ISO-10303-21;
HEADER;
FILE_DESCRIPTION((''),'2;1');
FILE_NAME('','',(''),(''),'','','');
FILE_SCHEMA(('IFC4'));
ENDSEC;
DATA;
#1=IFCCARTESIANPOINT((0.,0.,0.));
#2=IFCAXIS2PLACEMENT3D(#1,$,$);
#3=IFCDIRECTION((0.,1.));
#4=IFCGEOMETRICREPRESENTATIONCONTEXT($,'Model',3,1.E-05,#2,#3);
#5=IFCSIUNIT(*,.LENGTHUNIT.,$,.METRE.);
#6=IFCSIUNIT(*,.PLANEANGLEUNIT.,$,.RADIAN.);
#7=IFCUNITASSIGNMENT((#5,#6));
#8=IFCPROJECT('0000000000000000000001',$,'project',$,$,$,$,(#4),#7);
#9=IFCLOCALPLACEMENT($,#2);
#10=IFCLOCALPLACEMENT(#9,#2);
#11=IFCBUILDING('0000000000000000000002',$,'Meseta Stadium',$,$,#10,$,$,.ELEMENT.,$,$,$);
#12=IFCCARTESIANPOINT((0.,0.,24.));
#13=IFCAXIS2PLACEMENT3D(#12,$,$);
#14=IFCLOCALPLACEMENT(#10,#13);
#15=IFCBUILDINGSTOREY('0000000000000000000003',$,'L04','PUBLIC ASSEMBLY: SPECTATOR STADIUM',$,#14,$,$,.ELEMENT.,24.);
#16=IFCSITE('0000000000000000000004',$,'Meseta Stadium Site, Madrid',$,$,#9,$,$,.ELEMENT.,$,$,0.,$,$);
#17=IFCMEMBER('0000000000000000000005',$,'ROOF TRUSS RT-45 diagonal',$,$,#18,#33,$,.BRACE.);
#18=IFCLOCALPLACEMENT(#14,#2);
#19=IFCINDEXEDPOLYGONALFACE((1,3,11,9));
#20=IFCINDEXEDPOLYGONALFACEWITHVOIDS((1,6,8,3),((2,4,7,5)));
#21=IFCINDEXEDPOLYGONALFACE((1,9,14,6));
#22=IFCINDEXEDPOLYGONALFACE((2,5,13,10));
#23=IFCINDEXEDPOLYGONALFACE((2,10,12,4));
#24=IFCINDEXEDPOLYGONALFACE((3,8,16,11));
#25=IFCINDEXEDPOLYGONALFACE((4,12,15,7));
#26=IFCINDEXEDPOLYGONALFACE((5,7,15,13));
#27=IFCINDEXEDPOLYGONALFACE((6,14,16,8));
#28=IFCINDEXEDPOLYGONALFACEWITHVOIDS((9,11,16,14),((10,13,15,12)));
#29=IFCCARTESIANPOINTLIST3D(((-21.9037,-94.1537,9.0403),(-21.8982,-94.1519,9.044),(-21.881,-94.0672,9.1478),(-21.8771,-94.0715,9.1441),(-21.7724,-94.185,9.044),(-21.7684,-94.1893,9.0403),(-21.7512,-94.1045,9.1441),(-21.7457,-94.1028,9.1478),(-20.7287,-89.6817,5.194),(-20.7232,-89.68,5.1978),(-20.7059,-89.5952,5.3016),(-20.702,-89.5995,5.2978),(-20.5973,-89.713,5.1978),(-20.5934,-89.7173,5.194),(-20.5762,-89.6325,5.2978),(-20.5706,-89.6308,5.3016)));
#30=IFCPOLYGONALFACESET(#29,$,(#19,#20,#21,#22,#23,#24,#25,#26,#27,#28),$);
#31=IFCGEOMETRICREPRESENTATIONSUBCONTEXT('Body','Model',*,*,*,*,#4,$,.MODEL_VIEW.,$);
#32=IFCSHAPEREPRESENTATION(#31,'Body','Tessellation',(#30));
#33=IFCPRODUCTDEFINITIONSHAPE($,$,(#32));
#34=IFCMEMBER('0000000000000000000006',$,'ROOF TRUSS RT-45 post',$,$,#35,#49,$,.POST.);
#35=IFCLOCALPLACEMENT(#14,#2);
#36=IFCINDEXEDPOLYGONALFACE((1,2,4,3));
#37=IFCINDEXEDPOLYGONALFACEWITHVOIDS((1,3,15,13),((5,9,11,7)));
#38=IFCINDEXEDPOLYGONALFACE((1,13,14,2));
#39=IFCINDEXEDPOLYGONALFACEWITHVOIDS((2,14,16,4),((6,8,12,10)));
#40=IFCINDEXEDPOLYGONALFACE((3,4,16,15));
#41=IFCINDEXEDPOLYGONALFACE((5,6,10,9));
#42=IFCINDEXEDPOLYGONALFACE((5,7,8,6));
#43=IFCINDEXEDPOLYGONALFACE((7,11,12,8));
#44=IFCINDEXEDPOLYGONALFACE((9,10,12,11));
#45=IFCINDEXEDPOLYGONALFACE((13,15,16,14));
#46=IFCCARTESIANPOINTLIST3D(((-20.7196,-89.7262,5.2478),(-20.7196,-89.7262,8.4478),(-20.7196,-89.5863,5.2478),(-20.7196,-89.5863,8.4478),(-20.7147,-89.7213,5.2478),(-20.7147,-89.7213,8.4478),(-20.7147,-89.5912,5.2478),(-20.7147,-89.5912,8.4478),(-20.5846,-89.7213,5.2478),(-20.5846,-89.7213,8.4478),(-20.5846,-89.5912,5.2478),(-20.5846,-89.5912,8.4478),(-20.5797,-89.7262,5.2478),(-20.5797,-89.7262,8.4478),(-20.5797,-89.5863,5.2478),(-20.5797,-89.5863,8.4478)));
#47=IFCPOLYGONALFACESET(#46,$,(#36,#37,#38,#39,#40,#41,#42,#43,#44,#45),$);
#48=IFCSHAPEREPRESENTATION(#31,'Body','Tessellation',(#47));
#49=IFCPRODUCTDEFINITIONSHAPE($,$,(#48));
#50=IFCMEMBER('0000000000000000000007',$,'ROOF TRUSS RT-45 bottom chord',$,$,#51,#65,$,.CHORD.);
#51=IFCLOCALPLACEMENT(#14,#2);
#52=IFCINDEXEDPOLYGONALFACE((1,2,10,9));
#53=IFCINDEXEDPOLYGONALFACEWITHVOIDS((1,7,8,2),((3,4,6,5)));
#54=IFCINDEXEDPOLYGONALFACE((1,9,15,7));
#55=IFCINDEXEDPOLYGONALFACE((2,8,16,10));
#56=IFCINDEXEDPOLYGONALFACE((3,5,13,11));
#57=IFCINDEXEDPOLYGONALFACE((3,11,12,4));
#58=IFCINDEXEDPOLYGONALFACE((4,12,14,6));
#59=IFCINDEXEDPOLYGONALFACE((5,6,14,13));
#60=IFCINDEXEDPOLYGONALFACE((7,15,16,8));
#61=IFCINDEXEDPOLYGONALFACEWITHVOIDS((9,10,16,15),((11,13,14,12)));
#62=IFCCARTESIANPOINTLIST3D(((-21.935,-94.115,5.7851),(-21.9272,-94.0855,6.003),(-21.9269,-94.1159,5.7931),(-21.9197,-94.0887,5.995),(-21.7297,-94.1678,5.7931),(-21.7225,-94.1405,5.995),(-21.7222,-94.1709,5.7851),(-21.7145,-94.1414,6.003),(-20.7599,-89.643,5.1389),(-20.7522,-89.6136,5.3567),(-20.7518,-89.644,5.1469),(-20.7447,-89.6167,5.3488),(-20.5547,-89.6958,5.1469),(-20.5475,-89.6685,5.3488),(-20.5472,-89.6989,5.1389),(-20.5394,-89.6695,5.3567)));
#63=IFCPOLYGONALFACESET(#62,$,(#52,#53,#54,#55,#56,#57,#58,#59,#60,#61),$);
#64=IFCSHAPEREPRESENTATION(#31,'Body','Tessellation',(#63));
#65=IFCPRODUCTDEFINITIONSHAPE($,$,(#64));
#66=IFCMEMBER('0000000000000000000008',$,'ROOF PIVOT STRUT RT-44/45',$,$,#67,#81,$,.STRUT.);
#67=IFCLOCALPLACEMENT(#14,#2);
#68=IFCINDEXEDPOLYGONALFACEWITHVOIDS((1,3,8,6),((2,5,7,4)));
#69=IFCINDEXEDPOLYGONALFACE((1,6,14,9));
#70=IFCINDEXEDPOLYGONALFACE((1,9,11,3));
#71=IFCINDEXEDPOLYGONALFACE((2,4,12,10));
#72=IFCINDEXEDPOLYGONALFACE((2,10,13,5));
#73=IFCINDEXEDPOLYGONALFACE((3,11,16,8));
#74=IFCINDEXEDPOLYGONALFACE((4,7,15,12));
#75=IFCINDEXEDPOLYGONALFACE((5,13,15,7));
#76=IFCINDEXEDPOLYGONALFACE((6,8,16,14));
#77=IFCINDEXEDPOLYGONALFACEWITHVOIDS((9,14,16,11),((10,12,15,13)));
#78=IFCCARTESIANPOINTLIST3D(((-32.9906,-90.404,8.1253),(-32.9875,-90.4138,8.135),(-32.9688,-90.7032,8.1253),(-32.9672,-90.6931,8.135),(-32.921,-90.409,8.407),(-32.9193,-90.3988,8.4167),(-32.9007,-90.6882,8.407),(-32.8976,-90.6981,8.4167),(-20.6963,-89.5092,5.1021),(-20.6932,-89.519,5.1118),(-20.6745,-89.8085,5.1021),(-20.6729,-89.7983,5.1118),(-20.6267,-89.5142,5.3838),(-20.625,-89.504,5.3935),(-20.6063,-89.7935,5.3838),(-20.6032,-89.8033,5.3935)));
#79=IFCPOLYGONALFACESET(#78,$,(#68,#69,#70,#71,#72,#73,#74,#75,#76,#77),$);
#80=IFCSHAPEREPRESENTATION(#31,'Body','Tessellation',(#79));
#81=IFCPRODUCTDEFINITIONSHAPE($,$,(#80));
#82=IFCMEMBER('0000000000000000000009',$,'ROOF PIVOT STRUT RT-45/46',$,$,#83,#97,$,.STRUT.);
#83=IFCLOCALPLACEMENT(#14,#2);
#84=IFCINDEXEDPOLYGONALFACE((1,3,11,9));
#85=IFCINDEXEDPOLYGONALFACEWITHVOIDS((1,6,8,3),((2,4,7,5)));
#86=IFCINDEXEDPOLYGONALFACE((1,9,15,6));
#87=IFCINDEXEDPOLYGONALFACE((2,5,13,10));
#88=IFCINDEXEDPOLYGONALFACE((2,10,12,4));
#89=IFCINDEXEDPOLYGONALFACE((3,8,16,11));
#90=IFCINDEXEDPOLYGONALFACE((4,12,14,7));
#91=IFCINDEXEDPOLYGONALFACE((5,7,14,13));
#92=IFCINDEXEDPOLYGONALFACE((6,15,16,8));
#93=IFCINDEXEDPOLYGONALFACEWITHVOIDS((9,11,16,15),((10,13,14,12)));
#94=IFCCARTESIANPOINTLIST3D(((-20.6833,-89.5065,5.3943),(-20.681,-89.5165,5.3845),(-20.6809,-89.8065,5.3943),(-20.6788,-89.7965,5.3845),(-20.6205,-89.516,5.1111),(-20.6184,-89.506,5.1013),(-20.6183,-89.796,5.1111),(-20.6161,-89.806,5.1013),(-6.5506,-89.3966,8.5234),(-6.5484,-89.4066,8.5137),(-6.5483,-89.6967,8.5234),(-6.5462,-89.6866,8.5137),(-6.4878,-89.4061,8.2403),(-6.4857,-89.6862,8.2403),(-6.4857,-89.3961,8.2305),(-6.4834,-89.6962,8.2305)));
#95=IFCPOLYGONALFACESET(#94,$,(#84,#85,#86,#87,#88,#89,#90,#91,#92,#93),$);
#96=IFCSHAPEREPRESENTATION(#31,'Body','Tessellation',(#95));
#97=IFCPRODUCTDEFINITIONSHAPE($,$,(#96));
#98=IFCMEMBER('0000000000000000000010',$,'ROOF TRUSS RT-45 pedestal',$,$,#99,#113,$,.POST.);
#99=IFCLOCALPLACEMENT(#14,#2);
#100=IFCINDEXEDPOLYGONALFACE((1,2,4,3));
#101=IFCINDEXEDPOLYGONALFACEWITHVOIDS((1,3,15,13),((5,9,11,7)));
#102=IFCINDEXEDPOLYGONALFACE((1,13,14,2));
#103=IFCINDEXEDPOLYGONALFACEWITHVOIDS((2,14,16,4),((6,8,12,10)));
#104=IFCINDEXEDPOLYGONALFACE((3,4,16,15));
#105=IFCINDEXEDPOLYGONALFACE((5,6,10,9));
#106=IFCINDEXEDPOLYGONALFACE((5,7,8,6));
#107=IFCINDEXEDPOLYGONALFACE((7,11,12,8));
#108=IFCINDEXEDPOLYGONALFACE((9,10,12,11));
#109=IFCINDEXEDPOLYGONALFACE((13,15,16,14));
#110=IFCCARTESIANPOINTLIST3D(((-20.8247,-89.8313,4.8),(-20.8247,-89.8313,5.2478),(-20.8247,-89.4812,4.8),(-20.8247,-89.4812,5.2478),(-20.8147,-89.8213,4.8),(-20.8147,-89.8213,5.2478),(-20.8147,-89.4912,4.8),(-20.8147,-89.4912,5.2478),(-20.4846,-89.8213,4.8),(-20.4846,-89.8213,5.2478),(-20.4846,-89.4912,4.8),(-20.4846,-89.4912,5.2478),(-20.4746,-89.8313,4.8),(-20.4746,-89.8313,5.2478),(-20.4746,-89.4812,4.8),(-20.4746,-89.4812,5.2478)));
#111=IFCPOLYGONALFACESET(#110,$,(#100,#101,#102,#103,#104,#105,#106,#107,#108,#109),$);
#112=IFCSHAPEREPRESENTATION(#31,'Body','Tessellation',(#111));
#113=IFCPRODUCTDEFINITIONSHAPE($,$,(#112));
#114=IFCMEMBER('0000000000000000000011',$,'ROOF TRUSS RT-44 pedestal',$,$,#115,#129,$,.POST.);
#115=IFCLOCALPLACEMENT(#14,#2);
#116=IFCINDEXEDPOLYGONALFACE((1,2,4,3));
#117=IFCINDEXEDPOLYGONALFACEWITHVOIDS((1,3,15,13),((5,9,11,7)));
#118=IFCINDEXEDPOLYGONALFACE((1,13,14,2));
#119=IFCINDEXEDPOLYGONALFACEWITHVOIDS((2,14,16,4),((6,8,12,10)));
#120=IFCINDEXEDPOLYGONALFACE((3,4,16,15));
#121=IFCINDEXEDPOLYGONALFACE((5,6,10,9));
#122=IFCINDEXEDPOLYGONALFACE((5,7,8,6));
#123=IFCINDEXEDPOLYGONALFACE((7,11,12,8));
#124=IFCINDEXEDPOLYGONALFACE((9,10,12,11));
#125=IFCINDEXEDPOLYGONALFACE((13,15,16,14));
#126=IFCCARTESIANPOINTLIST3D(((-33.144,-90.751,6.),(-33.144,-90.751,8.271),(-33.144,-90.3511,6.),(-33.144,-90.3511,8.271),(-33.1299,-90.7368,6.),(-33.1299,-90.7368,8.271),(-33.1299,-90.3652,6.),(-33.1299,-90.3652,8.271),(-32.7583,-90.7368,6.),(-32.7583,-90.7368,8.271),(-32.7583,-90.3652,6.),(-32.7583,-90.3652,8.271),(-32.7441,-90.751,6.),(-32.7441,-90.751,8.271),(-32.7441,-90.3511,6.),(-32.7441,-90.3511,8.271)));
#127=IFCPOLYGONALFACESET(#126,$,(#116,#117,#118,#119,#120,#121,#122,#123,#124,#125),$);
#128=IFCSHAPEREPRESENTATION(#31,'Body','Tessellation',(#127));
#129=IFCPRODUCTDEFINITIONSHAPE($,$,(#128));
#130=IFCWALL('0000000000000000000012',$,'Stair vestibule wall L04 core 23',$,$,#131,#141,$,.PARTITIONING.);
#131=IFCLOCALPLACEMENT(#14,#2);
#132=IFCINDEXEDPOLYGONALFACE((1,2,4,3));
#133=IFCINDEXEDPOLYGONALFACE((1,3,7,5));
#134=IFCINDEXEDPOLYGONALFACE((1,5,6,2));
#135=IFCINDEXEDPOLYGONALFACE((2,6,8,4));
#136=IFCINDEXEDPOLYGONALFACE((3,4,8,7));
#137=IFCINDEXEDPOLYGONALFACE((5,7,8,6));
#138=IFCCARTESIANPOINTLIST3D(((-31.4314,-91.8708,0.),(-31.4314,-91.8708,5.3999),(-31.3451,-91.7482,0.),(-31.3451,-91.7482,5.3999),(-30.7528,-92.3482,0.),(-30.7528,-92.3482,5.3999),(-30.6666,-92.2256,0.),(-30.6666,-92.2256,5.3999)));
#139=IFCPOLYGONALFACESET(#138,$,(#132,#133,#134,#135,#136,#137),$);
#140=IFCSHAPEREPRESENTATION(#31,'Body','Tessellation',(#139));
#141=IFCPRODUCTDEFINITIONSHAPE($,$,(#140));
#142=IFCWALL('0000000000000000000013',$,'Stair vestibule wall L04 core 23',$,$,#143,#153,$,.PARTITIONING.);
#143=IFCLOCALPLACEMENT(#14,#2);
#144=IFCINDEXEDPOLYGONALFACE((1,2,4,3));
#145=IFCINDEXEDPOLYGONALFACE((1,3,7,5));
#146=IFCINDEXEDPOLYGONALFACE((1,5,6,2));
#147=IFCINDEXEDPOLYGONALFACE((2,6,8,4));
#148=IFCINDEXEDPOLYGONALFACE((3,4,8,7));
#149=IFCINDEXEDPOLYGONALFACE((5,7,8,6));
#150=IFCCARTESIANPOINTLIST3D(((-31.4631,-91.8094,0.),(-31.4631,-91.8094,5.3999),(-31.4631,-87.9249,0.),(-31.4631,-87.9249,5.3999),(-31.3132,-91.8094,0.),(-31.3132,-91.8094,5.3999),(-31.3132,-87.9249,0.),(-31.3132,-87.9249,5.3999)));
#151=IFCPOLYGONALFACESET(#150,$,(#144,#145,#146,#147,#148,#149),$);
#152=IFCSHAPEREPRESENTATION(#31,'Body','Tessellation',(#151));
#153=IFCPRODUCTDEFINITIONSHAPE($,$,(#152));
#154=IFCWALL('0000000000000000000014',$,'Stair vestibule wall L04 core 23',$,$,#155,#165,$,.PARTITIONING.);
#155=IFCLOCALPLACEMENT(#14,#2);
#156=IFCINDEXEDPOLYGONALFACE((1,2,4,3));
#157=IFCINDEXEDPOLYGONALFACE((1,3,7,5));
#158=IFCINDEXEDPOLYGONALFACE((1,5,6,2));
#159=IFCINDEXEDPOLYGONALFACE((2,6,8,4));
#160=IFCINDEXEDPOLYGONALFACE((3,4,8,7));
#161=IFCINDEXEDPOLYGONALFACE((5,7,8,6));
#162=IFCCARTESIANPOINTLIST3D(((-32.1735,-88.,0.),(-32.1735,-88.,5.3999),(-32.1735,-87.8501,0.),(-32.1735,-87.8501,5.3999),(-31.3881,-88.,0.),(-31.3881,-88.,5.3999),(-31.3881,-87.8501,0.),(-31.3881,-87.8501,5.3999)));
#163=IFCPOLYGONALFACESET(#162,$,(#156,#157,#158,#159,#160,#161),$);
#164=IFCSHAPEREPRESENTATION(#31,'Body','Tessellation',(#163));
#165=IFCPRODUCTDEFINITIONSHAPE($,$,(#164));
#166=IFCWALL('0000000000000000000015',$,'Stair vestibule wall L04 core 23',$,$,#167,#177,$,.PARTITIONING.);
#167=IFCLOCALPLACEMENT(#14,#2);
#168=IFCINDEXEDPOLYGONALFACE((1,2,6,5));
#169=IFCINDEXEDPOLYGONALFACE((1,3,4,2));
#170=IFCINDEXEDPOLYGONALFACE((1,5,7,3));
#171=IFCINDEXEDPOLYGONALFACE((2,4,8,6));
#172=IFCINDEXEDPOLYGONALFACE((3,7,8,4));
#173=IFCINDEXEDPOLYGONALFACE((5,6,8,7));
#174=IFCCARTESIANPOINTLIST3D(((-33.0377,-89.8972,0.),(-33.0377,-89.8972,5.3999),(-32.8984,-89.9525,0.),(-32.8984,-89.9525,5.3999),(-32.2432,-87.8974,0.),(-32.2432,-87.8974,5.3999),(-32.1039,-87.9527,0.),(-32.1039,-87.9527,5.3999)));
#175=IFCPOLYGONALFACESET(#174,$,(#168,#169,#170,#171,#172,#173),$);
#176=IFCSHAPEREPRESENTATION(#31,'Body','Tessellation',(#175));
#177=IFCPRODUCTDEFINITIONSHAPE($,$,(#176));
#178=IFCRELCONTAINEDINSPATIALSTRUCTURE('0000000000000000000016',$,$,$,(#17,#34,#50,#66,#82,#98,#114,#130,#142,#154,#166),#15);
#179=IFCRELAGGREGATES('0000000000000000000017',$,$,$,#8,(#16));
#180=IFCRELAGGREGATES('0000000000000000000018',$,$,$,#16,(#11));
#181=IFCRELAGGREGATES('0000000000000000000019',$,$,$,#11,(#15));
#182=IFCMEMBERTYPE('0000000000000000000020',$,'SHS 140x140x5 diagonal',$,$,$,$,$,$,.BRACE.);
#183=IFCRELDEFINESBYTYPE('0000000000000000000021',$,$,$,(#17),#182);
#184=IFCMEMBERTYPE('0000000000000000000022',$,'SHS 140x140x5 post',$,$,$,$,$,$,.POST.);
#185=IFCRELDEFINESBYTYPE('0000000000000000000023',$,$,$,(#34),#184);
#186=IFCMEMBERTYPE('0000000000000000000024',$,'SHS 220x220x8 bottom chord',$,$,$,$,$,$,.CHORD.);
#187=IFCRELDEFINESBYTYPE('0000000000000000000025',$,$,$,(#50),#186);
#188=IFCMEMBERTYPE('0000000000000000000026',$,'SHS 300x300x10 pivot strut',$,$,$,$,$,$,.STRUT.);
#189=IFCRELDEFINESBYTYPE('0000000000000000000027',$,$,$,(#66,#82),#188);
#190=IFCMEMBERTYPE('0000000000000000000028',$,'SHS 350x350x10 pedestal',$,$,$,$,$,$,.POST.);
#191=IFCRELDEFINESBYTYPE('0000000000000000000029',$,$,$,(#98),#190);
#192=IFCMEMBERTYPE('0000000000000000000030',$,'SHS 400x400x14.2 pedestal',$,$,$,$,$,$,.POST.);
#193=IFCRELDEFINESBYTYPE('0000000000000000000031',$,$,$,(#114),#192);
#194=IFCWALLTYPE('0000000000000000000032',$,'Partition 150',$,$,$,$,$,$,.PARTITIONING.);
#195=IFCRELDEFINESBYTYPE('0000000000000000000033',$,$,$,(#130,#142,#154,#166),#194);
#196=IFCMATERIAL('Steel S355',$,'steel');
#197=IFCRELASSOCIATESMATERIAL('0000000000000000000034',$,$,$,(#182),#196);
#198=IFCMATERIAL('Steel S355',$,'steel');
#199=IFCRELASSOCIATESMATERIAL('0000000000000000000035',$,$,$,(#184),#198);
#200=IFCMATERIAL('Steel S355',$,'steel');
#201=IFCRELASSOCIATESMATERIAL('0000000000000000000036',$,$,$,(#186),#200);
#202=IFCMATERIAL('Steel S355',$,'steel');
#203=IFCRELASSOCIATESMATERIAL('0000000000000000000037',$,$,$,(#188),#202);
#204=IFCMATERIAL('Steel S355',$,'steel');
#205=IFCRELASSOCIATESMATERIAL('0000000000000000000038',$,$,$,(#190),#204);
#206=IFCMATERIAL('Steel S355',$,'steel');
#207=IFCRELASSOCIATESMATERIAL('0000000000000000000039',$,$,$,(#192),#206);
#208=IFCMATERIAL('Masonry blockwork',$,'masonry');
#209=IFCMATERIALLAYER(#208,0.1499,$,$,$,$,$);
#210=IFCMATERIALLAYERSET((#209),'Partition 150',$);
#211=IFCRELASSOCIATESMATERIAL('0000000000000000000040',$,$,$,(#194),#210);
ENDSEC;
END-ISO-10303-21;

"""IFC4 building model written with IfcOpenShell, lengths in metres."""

from ifc_helpers import new_model, si_unit, direction, frame, frame_2d, origin, origin_2d, place, context, subcontext, project, spatial, rectangle, hollow_rectangle, extrude, material, layer, layer_set, material_profile, profile_set, type_object, element, save


model = new_model("IFC4")

# Units and contexts
model_context = context("Model", 3, precision=1e-05, world=origin(), true_north=direction((0.0, 1.0)))
body_context = subcontext(model_context, "Body", "Model", "MODEL_VIEW")
ifc_project = project(units=[si_unit("LENGTHUNIT", "METRE"), si_unit("PLANEANGLEUNIT", "RADIAN")], contexts=[model_context])

# Site, building, storey
site_placement = place(None, origin())
site = spatial("IfcSite", under=ifc_project, at=site_placement, Name="Meseta Stadium Site, Madrid", CompositionType="ELEMENT", RefElevation=0.0)
building_placement = place(site_placement, origin())
building = spatial("IfcBuilding", under=site, at=building_placement, Name="Meseta Stadium", CompositionType="ELEMENT")
storey_placement = place(building_placement, frame((0.0, 0.0, 24.0)))
storey = spatial("IfcBuildingStorey", under=building, at=storey_placement, Name="L04", Description="PUBLIC ASSEMBLY: SPECTATOR STADIUM", CompositionType="ELEMENT", Elevation=24.0)

# Members
ifc_material_1 = material(Name="Steel S355", Category="steel")
ifc_material_profile_1 = material_profile(ifc_material_1, hollow_rectangle(XDim=0.1399, YDim=0.1399, WallThickness=0.0049, at=origin_2d()), Name="SHS 140x140x5")
ifc_profile_set_1 = profile_set([ifc_material_profile_1], Name="Steel S355")
member_type_1 = type_object("IfcMemberType", Name="SHS 140x140x5 diagonal", PredefinedType="BRACE", material=ifc_profile_set_1)
member_1_placement = place(storey_placement, frame((-20.6497, -89.6562, 5.2478), z_axis=(-0.195375, -0.743546, 0.639506), x_axis=(0.967169, -0.254135, 0.0)))
element("IfcMember", 1, at=member_1_placement, inside=storey, type_object=member_type_1, Name="ROOF TRUSS RT-45 diagonal", PredefinedType="BRACE", context=body_context, shape_type="SweptSolid", body=[
    extrude(hollow_rectangle(XDim=0.1399, YDim=0.1399, WallThickness=0.0049, at=origin_2d()), origin(), (0.0, 0.0, 1.0), 6.0144),
])
ifc_material_2 = material(Name="Steel S355", Category="steel")
ifc_material_profile_2 = material_profile(ifc_material_2, hollow_rectangle(XDim=0.1399, YDim=0.1399, WallThickness=0.0049, at=origin_2d()), Name="SHS 140x140x5")
ifc_profile_set_2 = profile_set([ifc_material_profile_2], Name="Steel S355")
member_type_2 = type_object("IfcMemberType", Name="SHS 140x140x5 post", PredefinedType="POST", material=ifc_profile_set_2)
member_2_placement = place(storey_placement, frame((-20.6497, -89.6562, 5.2478), z_axis=(0.0, 0.0, 1.0), x_axis=(1.0, 0.0, 0.0)))
element("IfcMember", 2, at=member_2_placement, inside=storey, type_object=member_type_2, Name="ROOF TRUSS RT-45 post", PredefinedType="POST", context=body_context, shape_type="SweptSolid", body=[
    extrude(hollow_rectangle(XDim=0.1399, YDim=0.1399, WallThickness=0.0049, at=origin_2d()), origin(), (0.0, 0.0, 1.0), 3.2),
])
ifc_material_3 = material(Name="Steel S355", Category="steel")
ifc_material_profile_3 = material_profile(ifc_material_3, hollow_rectangle(XDim=0.22, YDim=0.22, WallThickness=0.0081, at=origin_2d()), Name="SHS 220x220x8")
ifc_profile_set_3 = profile_set([ifc_material_profile_3], Name="Steel S355")
member_type_3 = type_object("IfcMemberType", Name="SHS 220x220x8 bottom chord", PredefinedType="CHORD", material=ifc_profile_set_3)
member_3_placement = place(storey_placement, frame((-20.6497, -89.6562, 5.2478), z_axis=(-0.251688, -0.957858, 0.138421), x_axis=(0.967169, -0.254135, 0.0)))
element("IfcMember", 3, at=member_3_placement, inside=storey, type_object=member_type_3, Name="ROOF TRUSS RT-45 bottom chord", PredefinedType="CHORD", context=body_context, shape_type="SweptSolid", body=[
    extrude(hollow_rectangle(XDim=0.22, YDim=0.22, WallThickness=0.0081, at=origin_2d()), origin(), (0.0, 0.0, 1.0), 4.6687),
])
ifc_material_4 = material(Name="Steel S355", Category="steel")
ifc_material_profile_4 = material_profile(ifc_material_4, hollow_rectangle(XDim=0.3, YDim=0.3, WallThickness=0.01, at=origin_2d()), Name="SHS 300x300x10")
ifc_profile_set_4 = profile_set([ifc_material_profile_4], Name="Steel S355")
member_type_4 = type_object("IfcMemberType", Name="SHS 300x300x10 pivot strut", PredefinedType="STRUT", material=ifc_profile_set_4)
member_4_placement = place(storey_placement, frame((-32.9441, -90.551, 8.271), z_axis=(0.968656, 0.070498, -0.238192), x_axis=(-0.072587, 0.997362, 0.0)))
element("IfcMember", 4, at=member_4_placement, inside=storey, type_object=member_type_4, Name="ROOF PIVOT STRUT RT-44/45", PredefinedType="STRUT", context=body_context, shape_type="SweptSolid", body=[
    extrude(hollow_rectangle(XDim=0.3, YDim=0.3, WallThickness=0.01, at=origin_2d()), origin(), (0.0, 0.0, 1.0), 12.6921),
])
member_5_placement = place(storey_placement, frame((-20.6497, -89.6562, 5.2478), z_axis=(0.976326, 0.00759, 0.216172), x_axis=(-0.007774, 0.99997, 0.0)))
element("IfcMember", 5, at=member_5_placement, inside=storey, type_object=member_type_4, Name="ROOF PIVOT STRUT RT-45/46", PredefinedType="STRUT", context=body_context, shape_type="SweptSolid", body=[
    extrude(hollow_rectangle(XDim=0.3, YDim=0.3, WallThickness=0.01, at=origin_2d()), origin(), (0.0, 0.0, 1.0), 14.4753),
])
ifc_material_5 = material(Name="Steel S355", Category="steel")
ifc_material_profile_5 = material_profile(ifc_material_5, hollow_rectangle(XDim=0.3501, YDim=0.3501, WallThickness=0.01, at=origin_2d()), Name="SHS 350x350x10")
ifc_profile_set_5 = profile_set([ifc_material_profile_5], Name="Steel S355")
member_type_5 = type_object("IfcMemberType", Name="SHS 350x350x10 pedestal", PredefinedType="POST", material=ifc_profile_set_5)
member_6_placement = place(storey_placement, frame((-20.6497, -89.6562, 4.8), z_axis=(0.0, 0.0, 1.0), x_axis=(1.0, 0.0, 0.0)))
element("IfcMember", 6, at=member_6_placement, inside=storey, type_object=member_type_5, Name="ROOF TRUSS RT-45 pedestal", PredefinedType="POST", context=body_context, shape_type="SweptSolid", body=[
    extrude(hollow_rectangle(XDim=0.3501, YDim=0.3501, WallThickness=0.01, at=origin_2d()), origin(), (0.0, 0.0, 1.0), 0.4478),
])
ifc_material_6 = material(Name="Steel S355", Category="steel")
ifc_material_profile_6 = material_profile(ifc_material_6, hollow_rectangle(XDim=0.3999, YDim=0.3999, WallThickness=0.0142, at=origin_2d()), Name="SHS 400x400x14.2")
ifc_profile_set_6 = profile_set([ifc_material_profile_6], Name="Steel S355")
member_type_6 = type_object("IfcMemberType", Name="SHS 400x400x14.2 pedestal", PredefinedType="POST", material=ifc_profile_set_6)
member_7_placement = place(storey_placement, frame((-32.9441, -90.551, 6.0), z_axis=(0.0, 0.0, 1.0), x_axis=(1.0, 0.0, 0.0)))
element("IfcMember", 7, at=member_7_placement, inside=storey, type_object=member_type_6, Name="ROOF TRUSS RT-44 pedestal", PredefinedType="POST", context=body_context, shape_type="SweptSolid", body=[
    extrude(hollow_rectangle(XDim=0.3999, YDim=0.3999, WallThickness=0.0142, at=origin_2d()), origin(), (0.0, 0.0, 1.0), 2.271),
])

# Walls
ifc_material_7 = material(Name="Masonry blockwork", Category="masonry")
ifc_layer = layer(ifc_material_7, 0.1499)
ifc_layer_set = layer_set([ifc_layer], Name="Partition 150")
wall_type = type_object("IfcWallType", Name="Partition 150", PredefinedType="PARTITIONING", material=ifc_layer_set)
wall_1_placement = place(storey_placement, frame((-30.7097, -92.2869, 0.0), z_axis=(0.0, 0.0, 1.0), x_axis=(-0.817888, 0.575377, 0.0)))
element("IfcWall", 8, at=wall_1_placement, inside=storey, type_object=wall_type, Name="Stair vestibule wall L04 core 23", PredefinedType="PARTITIONING", context=body_context, shape_type="SweptSolid", body=[
    extrude(rectangle(XDim=0.8296, YDim=0.1499, at=frame_2d((0.4148, 0.0))), origin(), (0.0, 0.0, 1.0), 5.3999),
])
wall_2_placement = place(storey_placement, frame((-31.3882, -91.8096, 0.0), z_axis=(0.0, 0.0, 1.0), x_axis=(0.0, 1.0, 0.0)))
element("IfcWall", 9, at=wall_2_placement, inside=storey, type_object=wall_type, Name="Stair vestibule wall L04 core 23", PredefinedType="PARTITIONING", context=body_context, shape_type="SweptSolid", body=[
    extrude(rectangle(XDim=3.8845, YDim=0.1499, at=frame_2d((1.9424, 0.0))), origin(), (0.0, 0.0, 1.0), 5.3999),
])
wall_3_placement = place(storey_placement, frame((-31.3882, -87.925, 0.0), z_axis=(0.0, 0.0, 1.0), x_axis=(-1.0, 0.0, 0.0)))
element("IfcWall", 10, at=wall_3_placement, inside=storey, type_object=wall_type, Name="Stair vestibule wall L04 core 23", PredefinedType="PARTITIONING", context=body_context, shape_type="SweptSolid", body=[
    extrude(rectangle(XDim=0.7854, YDim=0.1499, at=frame_2d((0.3926, 0.0))), origin(), (0.0, 0.0, 1.0), 5.3999),
])
wall_4_placement = place(storey_placement, frame((-32.1736, -87.925, 0.0), z_axis=(0.0, 0.0, 1.0), x_axis=(-0.369199, -0.92935, 0.0)))
element("IfcWall", 11, at=wall_4_placement, inside=storey, type_object=wall_type, Name="Stair vestibule wall L04 core 23", PredefinedType="PARTITIONING", context=body_context, shape_type="SweptSolid", body=[
    extrude(rectangle(XDim=2.1519, YDim=0.1499, at=frame_2d((1.0759, 0.0))), origin(), (0.0, 0.0, 1.0), 5.3999),
])

save(model, "model.ifc")
